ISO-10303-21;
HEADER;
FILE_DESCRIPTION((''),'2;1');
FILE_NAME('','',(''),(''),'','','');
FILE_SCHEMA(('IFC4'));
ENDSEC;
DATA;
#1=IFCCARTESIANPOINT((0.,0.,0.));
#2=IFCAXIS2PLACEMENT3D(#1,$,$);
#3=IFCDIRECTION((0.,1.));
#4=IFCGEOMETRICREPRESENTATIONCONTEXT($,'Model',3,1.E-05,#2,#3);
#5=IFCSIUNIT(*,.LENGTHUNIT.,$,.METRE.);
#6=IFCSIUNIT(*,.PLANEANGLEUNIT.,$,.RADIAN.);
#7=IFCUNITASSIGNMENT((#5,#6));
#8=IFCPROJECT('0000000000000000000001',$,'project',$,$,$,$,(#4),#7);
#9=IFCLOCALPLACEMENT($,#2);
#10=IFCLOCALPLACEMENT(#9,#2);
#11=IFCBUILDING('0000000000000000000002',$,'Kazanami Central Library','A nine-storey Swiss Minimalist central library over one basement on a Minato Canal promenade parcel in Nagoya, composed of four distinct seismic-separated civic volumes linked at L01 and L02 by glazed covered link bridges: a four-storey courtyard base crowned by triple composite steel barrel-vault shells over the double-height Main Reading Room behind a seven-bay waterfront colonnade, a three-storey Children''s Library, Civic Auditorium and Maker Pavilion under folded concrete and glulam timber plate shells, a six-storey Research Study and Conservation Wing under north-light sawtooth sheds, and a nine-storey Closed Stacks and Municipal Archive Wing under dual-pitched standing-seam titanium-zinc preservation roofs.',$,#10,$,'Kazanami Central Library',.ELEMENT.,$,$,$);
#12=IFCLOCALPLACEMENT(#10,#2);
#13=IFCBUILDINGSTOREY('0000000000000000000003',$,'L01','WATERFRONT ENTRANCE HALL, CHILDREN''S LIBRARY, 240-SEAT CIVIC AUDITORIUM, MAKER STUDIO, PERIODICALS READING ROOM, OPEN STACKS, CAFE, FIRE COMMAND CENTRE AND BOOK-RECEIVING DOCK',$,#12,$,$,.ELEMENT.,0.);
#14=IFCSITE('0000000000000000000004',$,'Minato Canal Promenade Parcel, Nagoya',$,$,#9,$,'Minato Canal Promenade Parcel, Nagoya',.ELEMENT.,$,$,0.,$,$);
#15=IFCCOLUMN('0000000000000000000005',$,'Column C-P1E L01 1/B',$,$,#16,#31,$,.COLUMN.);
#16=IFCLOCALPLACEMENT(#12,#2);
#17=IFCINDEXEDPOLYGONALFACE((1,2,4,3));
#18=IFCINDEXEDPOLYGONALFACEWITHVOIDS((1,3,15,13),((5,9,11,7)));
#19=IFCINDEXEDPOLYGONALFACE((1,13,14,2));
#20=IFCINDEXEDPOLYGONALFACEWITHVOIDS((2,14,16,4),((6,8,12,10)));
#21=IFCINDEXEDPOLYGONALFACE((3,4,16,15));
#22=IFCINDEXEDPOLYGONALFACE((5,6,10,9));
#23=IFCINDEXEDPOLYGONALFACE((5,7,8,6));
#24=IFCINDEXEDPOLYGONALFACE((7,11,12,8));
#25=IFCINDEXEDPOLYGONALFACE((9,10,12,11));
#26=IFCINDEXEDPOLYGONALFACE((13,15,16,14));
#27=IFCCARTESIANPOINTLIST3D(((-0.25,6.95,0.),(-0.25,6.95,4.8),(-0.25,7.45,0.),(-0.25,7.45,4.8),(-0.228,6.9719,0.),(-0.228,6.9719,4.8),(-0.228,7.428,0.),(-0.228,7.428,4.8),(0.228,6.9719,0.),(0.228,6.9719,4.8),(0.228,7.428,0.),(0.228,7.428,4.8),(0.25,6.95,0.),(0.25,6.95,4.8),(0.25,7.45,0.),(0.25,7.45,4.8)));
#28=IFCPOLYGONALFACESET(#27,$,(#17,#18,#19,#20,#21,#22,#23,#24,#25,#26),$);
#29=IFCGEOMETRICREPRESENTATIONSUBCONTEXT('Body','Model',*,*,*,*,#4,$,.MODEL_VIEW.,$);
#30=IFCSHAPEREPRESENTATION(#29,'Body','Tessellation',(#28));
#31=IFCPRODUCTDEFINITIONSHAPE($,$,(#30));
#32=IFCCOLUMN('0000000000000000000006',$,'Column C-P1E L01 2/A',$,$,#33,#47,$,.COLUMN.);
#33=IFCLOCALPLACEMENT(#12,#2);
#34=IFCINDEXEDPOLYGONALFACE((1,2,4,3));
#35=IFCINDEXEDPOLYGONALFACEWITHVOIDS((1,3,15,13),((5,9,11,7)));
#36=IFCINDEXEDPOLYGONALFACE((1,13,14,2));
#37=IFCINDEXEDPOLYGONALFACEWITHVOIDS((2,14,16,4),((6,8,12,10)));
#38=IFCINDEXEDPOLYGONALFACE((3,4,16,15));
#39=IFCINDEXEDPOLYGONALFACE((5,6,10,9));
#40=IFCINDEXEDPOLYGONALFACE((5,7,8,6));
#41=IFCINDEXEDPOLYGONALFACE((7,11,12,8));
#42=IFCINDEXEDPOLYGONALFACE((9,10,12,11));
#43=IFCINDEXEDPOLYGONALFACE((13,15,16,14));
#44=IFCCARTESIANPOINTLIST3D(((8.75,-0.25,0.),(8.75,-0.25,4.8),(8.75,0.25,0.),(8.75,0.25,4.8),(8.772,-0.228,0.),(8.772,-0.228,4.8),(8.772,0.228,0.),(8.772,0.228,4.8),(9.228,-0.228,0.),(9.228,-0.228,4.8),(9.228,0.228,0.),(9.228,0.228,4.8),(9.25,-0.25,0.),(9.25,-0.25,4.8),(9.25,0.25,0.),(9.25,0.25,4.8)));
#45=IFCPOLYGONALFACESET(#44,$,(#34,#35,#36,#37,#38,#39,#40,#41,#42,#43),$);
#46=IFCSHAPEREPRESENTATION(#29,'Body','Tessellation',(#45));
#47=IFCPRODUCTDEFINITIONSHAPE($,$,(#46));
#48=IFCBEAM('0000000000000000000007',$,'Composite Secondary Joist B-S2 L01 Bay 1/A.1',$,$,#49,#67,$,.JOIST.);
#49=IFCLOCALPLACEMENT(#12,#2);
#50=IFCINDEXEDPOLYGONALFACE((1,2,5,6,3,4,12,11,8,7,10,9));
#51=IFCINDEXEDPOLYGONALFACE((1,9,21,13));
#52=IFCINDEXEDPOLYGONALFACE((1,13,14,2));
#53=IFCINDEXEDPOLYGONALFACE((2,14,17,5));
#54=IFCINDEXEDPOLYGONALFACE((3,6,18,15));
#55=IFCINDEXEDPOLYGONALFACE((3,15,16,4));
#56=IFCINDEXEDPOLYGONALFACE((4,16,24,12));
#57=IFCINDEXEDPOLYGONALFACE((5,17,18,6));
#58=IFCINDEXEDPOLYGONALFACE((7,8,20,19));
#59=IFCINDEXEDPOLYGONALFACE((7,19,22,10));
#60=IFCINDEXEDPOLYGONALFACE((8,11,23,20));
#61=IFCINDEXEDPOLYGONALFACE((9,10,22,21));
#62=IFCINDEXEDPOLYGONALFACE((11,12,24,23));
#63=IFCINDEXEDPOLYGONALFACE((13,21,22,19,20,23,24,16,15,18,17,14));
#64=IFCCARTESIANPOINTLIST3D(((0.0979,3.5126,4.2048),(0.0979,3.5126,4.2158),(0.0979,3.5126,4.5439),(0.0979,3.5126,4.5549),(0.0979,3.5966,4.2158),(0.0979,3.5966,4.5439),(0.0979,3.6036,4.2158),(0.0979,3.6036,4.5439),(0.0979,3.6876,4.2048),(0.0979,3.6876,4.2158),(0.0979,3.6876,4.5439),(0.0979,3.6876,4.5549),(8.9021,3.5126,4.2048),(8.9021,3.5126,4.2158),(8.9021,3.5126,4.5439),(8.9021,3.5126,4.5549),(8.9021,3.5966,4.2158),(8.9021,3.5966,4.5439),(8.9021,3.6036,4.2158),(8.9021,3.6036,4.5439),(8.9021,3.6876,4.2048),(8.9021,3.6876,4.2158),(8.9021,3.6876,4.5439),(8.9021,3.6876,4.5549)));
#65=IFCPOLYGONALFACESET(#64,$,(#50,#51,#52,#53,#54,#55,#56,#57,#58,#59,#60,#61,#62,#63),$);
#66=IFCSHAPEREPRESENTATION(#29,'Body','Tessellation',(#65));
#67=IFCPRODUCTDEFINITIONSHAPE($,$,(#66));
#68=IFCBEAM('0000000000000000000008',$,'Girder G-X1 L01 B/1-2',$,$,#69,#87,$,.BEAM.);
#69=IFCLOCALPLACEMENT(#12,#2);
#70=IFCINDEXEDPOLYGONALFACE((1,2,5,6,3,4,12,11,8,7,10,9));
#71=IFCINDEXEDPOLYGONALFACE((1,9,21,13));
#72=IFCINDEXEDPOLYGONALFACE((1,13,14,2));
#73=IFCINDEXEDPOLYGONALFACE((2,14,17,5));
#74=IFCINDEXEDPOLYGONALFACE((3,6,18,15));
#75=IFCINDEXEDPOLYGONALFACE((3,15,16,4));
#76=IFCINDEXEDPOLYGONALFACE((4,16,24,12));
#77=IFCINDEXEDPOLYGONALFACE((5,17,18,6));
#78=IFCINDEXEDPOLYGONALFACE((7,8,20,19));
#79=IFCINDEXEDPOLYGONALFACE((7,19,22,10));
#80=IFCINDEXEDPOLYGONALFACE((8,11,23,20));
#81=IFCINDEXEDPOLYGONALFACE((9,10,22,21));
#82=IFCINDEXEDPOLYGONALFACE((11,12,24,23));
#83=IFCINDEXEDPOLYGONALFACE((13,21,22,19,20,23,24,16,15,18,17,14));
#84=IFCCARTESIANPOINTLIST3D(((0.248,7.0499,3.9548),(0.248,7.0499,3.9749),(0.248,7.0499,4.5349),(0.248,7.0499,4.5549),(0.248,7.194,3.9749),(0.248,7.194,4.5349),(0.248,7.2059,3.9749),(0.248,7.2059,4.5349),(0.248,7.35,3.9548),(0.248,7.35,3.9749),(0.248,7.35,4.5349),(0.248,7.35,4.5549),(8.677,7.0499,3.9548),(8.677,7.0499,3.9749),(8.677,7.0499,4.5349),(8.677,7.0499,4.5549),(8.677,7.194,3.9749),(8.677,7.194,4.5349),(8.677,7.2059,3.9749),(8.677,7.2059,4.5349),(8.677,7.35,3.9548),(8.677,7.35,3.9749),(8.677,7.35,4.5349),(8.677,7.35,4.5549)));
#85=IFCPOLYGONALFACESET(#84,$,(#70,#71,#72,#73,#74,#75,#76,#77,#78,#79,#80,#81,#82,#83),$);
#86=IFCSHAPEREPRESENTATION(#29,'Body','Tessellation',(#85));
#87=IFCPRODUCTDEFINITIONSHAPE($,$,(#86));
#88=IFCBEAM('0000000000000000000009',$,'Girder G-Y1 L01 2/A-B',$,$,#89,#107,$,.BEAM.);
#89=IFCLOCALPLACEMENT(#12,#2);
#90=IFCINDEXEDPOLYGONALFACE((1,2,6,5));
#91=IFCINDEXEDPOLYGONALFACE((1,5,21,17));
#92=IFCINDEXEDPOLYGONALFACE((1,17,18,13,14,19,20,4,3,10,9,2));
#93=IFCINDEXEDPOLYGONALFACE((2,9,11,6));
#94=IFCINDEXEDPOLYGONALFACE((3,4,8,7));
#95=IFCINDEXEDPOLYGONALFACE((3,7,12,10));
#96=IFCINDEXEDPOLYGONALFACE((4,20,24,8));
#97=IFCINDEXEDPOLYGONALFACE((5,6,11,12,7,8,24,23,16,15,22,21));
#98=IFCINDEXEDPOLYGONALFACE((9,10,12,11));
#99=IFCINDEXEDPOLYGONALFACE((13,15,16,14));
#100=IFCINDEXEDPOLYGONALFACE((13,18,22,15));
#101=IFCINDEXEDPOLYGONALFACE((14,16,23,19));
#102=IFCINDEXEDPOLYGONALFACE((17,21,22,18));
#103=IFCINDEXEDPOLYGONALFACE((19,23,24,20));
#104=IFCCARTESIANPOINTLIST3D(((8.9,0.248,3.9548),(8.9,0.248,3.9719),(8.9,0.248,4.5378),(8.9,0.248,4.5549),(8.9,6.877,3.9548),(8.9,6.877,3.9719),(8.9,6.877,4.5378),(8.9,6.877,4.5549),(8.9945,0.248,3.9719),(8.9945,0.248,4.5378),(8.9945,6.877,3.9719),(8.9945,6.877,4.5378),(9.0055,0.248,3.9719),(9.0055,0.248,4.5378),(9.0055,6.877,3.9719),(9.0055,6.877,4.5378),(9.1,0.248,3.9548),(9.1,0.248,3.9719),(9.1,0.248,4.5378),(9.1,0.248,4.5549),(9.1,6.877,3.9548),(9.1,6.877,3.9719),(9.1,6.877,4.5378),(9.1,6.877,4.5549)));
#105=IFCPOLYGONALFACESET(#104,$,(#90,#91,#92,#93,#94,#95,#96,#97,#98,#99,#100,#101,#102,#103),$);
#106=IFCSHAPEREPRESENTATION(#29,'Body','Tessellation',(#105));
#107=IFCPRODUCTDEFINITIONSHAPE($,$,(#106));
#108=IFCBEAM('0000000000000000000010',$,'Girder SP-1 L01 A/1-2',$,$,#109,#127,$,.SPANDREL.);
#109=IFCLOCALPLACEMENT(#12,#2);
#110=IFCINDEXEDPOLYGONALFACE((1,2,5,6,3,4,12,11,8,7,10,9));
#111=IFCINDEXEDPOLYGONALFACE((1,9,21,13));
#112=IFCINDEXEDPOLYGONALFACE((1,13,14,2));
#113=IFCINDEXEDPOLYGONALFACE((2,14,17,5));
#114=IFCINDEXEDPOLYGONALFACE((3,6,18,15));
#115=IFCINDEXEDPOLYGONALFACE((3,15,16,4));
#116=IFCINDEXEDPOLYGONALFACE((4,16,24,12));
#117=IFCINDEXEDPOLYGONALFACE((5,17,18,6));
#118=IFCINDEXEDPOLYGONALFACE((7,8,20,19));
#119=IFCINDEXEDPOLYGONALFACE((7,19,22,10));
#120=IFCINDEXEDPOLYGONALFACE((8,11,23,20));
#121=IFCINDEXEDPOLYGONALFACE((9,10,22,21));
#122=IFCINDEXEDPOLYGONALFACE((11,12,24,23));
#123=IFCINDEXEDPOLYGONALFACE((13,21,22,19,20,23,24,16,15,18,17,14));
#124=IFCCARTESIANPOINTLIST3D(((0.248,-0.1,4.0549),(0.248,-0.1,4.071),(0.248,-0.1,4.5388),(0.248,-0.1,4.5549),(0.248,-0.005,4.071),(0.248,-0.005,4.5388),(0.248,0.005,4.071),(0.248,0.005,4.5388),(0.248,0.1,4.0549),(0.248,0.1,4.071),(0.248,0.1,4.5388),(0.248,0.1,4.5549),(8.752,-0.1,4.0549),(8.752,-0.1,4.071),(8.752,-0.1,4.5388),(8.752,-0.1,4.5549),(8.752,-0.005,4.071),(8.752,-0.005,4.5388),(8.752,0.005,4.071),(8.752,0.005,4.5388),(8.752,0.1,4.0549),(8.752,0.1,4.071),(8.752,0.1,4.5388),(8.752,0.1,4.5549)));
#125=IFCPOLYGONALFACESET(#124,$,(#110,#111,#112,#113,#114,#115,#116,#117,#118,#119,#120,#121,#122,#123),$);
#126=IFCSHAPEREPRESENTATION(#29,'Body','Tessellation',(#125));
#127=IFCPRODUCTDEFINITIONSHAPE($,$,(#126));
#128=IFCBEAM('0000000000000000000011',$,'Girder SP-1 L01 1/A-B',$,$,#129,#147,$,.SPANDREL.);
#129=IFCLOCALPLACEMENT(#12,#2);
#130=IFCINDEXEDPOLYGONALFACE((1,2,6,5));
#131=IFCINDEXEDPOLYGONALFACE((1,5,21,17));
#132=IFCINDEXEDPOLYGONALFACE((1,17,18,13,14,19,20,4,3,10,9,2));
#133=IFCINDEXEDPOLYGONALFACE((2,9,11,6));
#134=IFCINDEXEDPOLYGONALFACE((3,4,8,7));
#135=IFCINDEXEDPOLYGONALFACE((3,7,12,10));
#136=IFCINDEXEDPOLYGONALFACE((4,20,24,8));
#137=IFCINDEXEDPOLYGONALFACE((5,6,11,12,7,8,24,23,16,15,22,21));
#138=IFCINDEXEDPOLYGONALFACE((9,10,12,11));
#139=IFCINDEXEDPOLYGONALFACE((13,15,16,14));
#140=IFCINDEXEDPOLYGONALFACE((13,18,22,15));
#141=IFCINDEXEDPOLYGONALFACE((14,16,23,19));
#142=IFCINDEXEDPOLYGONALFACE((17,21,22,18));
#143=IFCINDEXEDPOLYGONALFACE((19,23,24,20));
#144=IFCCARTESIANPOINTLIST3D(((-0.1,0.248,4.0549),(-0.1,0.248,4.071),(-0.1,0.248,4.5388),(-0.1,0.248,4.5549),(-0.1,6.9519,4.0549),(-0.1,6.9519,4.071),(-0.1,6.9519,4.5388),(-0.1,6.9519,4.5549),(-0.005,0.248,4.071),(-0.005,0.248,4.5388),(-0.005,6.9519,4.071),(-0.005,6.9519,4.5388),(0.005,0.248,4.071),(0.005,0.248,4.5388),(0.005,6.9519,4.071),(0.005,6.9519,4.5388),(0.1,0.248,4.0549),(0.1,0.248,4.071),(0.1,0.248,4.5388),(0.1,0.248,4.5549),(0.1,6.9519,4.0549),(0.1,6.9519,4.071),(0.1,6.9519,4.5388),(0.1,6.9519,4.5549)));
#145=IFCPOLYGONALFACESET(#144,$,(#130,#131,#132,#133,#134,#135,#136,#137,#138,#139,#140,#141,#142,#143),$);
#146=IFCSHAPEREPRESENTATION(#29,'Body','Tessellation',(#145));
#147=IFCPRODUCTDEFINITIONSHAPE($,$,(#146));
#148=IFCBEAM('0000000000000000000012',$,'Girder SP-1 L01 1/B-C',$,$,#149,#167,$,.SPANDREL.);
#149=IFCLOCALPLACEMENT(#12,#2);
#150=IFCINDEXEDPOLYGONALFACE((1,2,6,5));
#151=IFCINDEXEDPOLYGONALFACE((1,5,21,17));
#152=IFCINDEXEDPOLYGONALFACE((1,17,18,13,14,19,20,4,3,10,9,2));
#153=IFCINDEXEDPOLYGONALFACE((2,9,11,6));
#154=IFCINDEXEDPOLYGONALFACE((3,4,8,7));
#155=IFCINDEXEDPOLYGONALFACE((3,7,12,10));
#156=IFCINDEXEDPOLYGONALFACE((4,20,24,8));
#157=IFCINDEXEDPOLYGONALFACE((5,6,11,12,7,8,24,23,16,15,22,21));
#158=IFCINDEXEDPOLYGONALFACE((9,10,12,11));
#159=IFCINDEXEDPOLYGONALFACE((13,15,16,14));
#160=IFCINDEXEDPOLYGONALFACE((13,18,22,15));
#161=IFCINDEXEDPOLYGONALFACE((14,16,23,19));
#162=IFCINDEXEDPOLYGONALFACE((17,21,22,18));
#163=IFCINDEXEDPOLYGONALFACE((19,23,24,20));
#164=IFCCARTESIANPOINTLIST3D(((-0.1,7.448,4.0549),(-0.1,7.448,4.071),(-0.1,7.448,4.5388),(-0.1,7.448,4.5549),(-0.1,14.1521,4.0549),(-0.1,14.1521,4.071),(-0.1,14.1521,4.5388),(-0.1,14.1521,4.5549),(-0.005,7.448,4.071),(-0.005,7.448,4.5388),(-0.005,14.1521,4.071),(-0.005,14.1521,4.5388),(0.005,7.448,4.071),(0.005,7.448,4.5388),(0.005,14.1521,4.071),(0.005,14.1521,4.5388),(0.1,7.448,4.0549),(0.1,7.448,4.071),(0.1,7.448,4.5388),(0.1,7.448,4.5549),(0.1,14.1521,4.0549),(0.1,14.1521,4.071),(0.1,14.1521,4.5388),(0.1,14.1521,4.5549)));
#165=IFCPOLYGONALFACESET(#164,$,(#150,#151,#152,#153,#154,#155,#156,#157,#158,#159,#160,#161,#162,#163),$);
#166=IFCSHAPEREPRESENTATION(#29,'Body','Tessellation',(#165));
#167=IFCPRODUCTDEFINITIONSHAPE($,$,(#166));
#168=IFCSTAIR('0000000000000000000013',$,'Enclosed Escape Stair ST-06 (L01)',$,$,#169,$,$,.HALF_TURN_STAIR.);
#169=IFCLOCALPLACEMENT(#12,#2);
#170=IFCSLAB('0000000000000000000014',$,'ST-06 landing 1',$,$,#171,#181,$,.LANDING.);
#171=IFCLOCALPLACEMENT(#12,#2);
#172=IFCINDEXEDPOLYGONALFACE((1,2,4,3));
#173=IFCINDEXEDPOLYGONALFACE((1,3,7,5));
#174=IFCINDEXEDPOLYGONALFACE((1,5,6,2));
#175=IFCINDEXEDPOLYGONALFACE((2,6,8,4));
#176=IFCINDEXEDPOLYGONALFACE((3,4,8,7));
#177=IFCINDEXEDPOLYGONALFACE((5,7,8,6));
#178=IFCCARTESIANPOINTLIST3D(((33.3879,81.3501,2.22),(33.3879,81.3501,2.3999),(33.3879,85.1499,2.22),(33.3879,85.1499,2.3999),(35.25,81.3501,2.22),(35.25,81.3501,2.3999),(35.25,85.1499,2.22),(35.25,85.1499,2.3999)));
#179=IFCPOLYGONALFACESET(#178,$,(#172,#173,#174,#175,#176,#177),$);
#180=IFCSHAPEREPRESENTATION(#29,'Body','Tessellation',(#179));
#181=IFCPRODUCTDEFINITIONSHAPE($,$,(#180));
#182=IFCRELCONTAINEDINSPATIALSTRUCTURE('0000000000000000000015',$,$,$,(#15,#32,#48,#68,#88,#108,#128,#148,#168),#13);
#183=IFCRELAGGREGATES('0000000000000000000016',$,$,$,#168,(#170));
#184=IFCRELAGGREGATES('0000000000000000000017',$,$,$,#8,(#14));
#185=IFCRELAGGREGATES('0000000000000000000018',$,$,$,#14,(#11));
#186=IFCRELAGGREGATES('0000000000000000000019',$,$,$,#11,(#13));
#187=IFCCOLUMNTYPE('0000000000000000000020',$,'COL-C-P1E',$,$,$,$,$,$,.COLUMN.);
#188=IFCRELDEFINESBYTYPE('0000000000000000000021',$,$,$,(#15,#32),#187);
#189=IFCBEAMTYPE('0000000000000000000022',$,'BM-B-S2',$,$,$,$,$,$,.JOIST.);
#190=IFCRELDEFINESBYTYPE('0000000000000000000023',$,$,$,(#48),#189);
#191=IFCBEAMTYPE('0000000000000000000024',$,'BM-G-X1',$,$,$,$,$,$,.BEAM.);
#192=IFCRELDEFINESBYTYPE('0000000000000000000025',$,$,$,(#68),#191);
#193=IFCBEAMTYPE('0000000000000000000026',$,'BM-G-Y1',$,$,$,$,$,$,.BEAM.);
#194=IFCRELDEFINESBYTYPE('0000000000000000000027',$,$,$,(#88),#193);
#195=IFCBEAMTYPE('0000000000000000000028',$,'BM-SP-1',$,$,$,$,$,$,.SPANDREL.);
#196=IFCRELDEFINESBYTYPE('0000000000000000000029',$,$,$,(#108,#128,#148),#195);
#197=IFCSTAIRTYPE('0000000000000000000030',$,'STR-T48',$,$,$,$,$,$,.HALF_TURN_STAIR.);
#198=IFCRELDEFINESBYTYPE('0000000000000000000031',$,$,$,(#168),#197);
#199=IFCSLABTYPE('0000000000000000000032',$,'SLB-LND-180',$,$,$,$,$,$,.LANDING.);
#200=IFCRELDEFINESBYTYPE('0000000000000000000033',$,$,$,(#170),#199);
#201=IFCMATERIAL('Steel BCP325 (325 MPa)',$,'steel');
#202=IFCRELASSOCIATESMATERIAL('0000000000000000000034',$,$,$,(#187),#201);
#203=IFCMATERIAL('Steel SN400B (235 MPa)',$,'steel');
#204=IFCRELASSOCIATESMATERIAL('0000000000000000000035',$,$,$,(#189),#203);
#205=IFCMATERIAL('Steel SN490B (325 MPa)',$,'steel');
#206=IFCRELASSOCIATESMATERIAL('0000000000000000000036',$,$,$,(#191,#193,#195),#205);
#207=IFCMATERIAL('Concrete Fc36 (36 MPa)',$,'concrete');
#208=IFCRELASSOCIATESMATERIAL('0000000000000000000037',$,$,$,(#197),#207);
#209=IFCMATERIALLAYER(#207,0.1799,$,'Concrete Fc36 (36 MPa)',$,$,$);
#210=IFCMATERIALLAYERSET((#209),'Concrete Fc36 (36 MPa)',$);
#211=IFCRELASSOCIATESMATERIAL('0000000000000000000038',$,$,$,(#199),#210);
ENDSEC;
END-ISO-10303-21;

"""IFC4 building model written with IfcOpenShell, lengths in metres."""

from ifc_helpers import new_model, si_unit, direction, frame, origin, origin_2d, place, context, subcontext, project, spatial, polyline, hollow_rectangle, i_section, outline, extrude, material, layer, layer_set, material_profile, profile_set, type_object, element, aggregate, save


model = new_model("IFC4")

# Units and contexts
model_context = context("Model", 3, precision=1e-05, world=origin(), true_north=direction((0.0, 1.0)))
body_context = subcontext(model_context, "Body", "Model", "MODEL_VIEW")
ifc_project = project(units=[si_unit("LENGTHUNIT", "METRE"), si_unit("PLANEANGLEUNIT", "RADIAN")], contexts=[model_context])

# Site, building, storey
site_placement = place(None, origin())
site = spatial("IfcSite", under=ifc_project, at=site_placement, Name="Minato Canal Promenade Parcel, Nagoya", LongName="Minato Canal Promenade Parcel, Nagoya", CompositionType="ELEMENT", RefElevation=0.0)
building_placement = place(site_placement, origin())
building = spatial("IfcBuilding", under=site, at=building_placement, Name="Kazanami Central Library", Description="A nine-storey Swiss Minimalist central library over one basement on a Minato Canal promenade parcel in Nagoya, composed of four distinct seismic-separated civic volumes linked at L01 and L02 by glazed covered link bridges: a four-storey courtyard base crowned by triple composite steel barrel-vault shells over the double-height Main Reading Room behind a seven-bay waterfront colonnade, a three-storey Children's Library, Civic Auditorium and Maker Pavilion under folded concrete and glulam timber plate shells, a six-storey Research Study and Conservation Wing under north-light sawtooth sheds, and a nine-storey Closed Stacks and Municipal Archive Wing under dual-pitched standing-seam titanium-zinc preservation roofs.", LongName="Kazanami Central Library", CompositionType="ELEMENT")
storey_placement = place(building_placement, origin())
storey = spatial("IfcBuildingStorey", under=building, at=storey_placement, Name="L01", Description="WATERFRONT ENTRANCE HALL, CHILDREN'S LIBRARY, 240-SEAT CIVIC AUDITORIUM, MAKER STUDIO, PERIODICALS READING ROOM, OPEN STACKS, CAFE, FIRE COMMAND CENTRE AND BOOK-RECEIVING DOCK", CompositionType="ELEMENT", Elevation=0.0)

# Columns
ifc_material_1 = material(Name="Steel BCP325 (325 MPa)", Category="steel")
ifc_material_profile_1 = material_profile(ifc_material_1, hollow_rectangle(XDim=0.5, YDim=0.5, WallThickness=0.022, at=origin_2d()), Name="BCP-500x500x22")
ifc_profile_set_1 = profile_set([ifc_material_profile_1], Name="Steel BCP325 (325 MPa)")
column_type = type_object("IfcColumnType", Name="COL-C-P1E", PredefinedType="COLUMN", material=ifc_profile_set_1)
for number, where, z_axis, x_axis, name in (
    (1, (0.0, 7.2, 0.0), (0.0, 0.0, 1.0), (1.0, 0.0, 0.0), "Column C-P1E L01 1/B"),
    (2, (9.0, 0.0, 0.0), (0.0, 0.0, 1.0), (1.0, 0.0, 0.0), "Column C-P1E L01 2/A"),
):
    element("IfcColumn", number, at=place(storey_placement, frame(where, z_axis=z_axis, x_axis=x_axis)), inside=storey, type_object=column_type, Name=name, PredefinedType="COLUMN", context=body_context, shape_type="SweptSolid", body=[
        extrude(hollow_rectangle(XDim=0.5, YDim=0.5, WallThickness=0.022, at=origin_2d()), origin(), (0.0, 0.0, 1.0), 4.8),
    ])

# Beams
ifc_material_2 = material(Name="Steel SN400B (235 MPa)", Category="steel")
ifc_material_profile_2 = material_profile(ifc_material_2, i_section(OverallWidth=0.175, OverallDepth=0.3501, WebThickness=0.0071, FlangeThickness=0.011, at=origin_2d()), Name="H-350x175x7x11")
ifc_profile_set_2 = profile_set([ifc_material_profile_2], Name="Steel SN400B (235 MPa)")
beam_type_1 = type_object("IfcBeamType", Name="BM-B-S2", PredefinedType="JOIST", material=ifc_profile_set_2)
beam_1_placement = place(storey_placement, frame((0.0979, 3.6001, 4.3799), z_axis=(1.0, 0.0, 0.0), x_axis=(0.0, 1.0, 0.0)))
element("IfcBeam", 3, at=beam_1_placement, inside=storey, type_object=beam_type_1, Name="Composite Secondary Joist B-S2 L01 Bay 1/A.1", PredefinedType="JOIST", context=body_context, shape_type="SweptSolid", body=[
    extrude(i_section(OverallWidth=0.175, OverallDepth=0.3501, WebThickness=0.0071, FlangeThickness=0.011, at=origin_2d()), origin(), (0.0, 0.0, 1.0), 8.8042),
])
ifc_material_3 = material(Name="Steel SN490B (325 MPa)", Category="steel")
ifc_material_profile_3 = material_profile(ifc_material_3, i_section(OverallWidth=0.3, OverallDepth=0.6001, WebThickness=0.012, FlangeThickness=0.02, at=origin_2d()), Name="H-600x300x12x20")
ifc_profile_set_3 = profile_set([ifc_material_profile_3], Name="Steel SN490B (325 MPa)")
beam_type_2 = type_object("IfcBeamType", Name="BM-G-X1", PredefinedType="BEAM", material=ifc_profile_set_3)
beam_2_placement = place(storey_placement, frame((0.248, 7.2, 4.2549), z_axis=(1.0, 0.0, 0.0), x_axis=(0.0, 1.0, 0.0)))
element("IfcBeam", 4, at=beam_2_placement, inside=storey, type_object=beam_type_2, Name="Girder G-X1 L01 B/1-2", PredefinedType="BEAM", context=body_context, shape_type="SweptSolid", body=[
    extrude(i_section(OverallWidth=0.3, OverallDepth=0.6001, WebThickness=0.012, FlangeThickness=0.02, at=origin_2d()), origin(), (0.0, 0.0, 1.0), 8.429),
])
ifc_material_profile_4 = material_profile(ifc_material_3, i_section(OverallWidth=0.2, OverallDepth=0.6001, WebThickness=0.011, FlangeThickness=0.0171, at=origin_2d()), Name="H-600x200x11x17")
ifc_profile_set_4 = profile_set([ifc_material_profile_4], Name="Steel SN490B (325 MPa)")
beam_type_3 = type_object("IfcBeamType", Name="BM-G-Y1", PredefinedType="BEAM", material=ifc_profile_set_4)
beam_3_placement = place(storey_placement, frame((9.0, 0.248, 4.2549), z_axis=(0.0, 1.0, 0.0), x_axis=(-1.0, 0.0, 0.0)))
element("IfcBeam", 5, at=beam_3_placement, inside=storey, type_object=beam_type_3, Name="Girder G-Y1 L01 2/A-B", PredefinedType="BEAM", context=body_context, shape_type="SweptSolid", body=[
    extrude(i_section(OverallWidth=0.2, OverallDepth=0.6001, WebThickness=0.011, FlangeThickness=0.0171, at=origin_2d()), origin(), (0.0, 0.0, 1.0), 6.6289),
])
ifc_material_profile_5 = material_profile(ifc_material_3, i_section(OverallWidth=0.2, OverallDepth=0.5, WebThickness=0.01, FlangeThickness=0.0161, at=origin_2d()), Name="H-500x200x10x16")
ifc_profile_set_5 = profile_set([ifc_material_profile_5], Name="Steel SN490B (325 MPa)")
beam_type_4 = type_object("IfcBeamType", Name="BM-SP-1", PredefinedType="SPANDREL", material=ifc_profile_set_5)
beam_4_placement = place(storey_placement, frame((0.248, 0.0, 4.3049), z_axis=(1.0, 0.0, 0.0), x_axis=(0.0, 1.0, 0.0)))
element("IfcBeam", 6, at=beam_4_placement, inside=storey, type_object=beam_type_4, Name="Girder SP-1 L01 A/1-2", PredefinedType="SPANDREL", context=body_context, shape_type="SweptSolid", body=[
    extrude(i_section(OverallWidth=0.2, OverallDepth=0.5, WebThickness=0.01, FlangeThickness=0.0161, at=origin_2d()), origin(), (0.0, 0.0, 1.0), 8.5039),
])
beam_5_placement = place(storey_placement, frame((0.0, 0.248, 4.3049), z_axis=(0.0, 1.0, 0.0), x_axis=(-1.0, 0.0, 0.0)))
element("IfcBeam", 7, at=beam_5_placement, inside=storey, type_object=beam_type_4, Name="Girder SP-1 L01 1/A-B", PredefinedType="SPANDREL", context=body_context, shape_type="SweptSolid", body=[
    extrude(i_section(OverallWidth=0.2, OverallDepth=0.5, WebThickness=0.01, FlangeThickness=0.0161, at=origin_2d()), origin(), (0.0, 0.0, 1.0), 6.7039),
])
beam_6_placement = place(storey_placement, frame((0.0, 7.448, 4.3049), z_axis=(0.0, 1.0, 0.0), x_axis=(-1.0, 0.0, 0.0)))
element("IfcBeam", 8, at=beam_6_placement, inside=storey, type_object=beam_type_4, Name="Girder SP-1 L01 1/B-C", PredefinedType="SPANDREL", context=body_context, shape_type="SweptSolid", body=[
    extrude(i_section(OverallWidth=0.2, OverallDepth=0.5, WebThickness=0.01, FlangeThickness=0.0161, at=origin_2d()), origin(), (0.0, 0.0, 1.0), 6.7041),
])

# Stair, slab
ifc_material_4 = material(Name="Concrete Fc36 (36 MPa)", Category="concrete")
stair_type_1 = type_object("IfcStairType", Name="STR-T48", PredefinedType="HALF_TURN_STAIR", material=ifc_material_4)
stair_1_placement = place(storey_placement, origin())
stair_1 = element("IfcStair", 9, at=stair_1_placement, inside=storey, type_object=stair_type_1, Name="Enclosed Escape Stair ST-06 (L01)", PredefinedType="HALF_TURN_STAIR")
ifc_layer_1 = layer(ifc_material_4, 0.1799, Name="Concrete Fc36 (36 MPa)")
ifc_layer_set_1 = layer_set([ifc_layer_1], Name="Concrete Fc36 (36 MPa)")
slab_type_1 = type_object("IfcSlabType", Name="SLB-LND-180", PredefinedType="LANDING", material=ifc_layer_set_1)
slab_1_placement = place(storey_placement, frame((0.0, 0.0, 2.22)))
slab_1 = element("IfcSlab", 10, at=slab_1_placement, type_object=slab_type_1, Name="ST-06 landing 1", PredefinedType="LANDING", context=body_context, shape_type="SweptSolid", body=[
    extrude(outline(polyline([(33.3879, 81.3501), (35.25, 81.3501), (35.25, 85.1499), (33.3879, 85.1499), (33.3879, 81.3501)])), origin(), (0.0, 0.0, 1.0), 0.1799),
])
aggregate(stair_1, [slab_1])

save(model, "model.ifc")
